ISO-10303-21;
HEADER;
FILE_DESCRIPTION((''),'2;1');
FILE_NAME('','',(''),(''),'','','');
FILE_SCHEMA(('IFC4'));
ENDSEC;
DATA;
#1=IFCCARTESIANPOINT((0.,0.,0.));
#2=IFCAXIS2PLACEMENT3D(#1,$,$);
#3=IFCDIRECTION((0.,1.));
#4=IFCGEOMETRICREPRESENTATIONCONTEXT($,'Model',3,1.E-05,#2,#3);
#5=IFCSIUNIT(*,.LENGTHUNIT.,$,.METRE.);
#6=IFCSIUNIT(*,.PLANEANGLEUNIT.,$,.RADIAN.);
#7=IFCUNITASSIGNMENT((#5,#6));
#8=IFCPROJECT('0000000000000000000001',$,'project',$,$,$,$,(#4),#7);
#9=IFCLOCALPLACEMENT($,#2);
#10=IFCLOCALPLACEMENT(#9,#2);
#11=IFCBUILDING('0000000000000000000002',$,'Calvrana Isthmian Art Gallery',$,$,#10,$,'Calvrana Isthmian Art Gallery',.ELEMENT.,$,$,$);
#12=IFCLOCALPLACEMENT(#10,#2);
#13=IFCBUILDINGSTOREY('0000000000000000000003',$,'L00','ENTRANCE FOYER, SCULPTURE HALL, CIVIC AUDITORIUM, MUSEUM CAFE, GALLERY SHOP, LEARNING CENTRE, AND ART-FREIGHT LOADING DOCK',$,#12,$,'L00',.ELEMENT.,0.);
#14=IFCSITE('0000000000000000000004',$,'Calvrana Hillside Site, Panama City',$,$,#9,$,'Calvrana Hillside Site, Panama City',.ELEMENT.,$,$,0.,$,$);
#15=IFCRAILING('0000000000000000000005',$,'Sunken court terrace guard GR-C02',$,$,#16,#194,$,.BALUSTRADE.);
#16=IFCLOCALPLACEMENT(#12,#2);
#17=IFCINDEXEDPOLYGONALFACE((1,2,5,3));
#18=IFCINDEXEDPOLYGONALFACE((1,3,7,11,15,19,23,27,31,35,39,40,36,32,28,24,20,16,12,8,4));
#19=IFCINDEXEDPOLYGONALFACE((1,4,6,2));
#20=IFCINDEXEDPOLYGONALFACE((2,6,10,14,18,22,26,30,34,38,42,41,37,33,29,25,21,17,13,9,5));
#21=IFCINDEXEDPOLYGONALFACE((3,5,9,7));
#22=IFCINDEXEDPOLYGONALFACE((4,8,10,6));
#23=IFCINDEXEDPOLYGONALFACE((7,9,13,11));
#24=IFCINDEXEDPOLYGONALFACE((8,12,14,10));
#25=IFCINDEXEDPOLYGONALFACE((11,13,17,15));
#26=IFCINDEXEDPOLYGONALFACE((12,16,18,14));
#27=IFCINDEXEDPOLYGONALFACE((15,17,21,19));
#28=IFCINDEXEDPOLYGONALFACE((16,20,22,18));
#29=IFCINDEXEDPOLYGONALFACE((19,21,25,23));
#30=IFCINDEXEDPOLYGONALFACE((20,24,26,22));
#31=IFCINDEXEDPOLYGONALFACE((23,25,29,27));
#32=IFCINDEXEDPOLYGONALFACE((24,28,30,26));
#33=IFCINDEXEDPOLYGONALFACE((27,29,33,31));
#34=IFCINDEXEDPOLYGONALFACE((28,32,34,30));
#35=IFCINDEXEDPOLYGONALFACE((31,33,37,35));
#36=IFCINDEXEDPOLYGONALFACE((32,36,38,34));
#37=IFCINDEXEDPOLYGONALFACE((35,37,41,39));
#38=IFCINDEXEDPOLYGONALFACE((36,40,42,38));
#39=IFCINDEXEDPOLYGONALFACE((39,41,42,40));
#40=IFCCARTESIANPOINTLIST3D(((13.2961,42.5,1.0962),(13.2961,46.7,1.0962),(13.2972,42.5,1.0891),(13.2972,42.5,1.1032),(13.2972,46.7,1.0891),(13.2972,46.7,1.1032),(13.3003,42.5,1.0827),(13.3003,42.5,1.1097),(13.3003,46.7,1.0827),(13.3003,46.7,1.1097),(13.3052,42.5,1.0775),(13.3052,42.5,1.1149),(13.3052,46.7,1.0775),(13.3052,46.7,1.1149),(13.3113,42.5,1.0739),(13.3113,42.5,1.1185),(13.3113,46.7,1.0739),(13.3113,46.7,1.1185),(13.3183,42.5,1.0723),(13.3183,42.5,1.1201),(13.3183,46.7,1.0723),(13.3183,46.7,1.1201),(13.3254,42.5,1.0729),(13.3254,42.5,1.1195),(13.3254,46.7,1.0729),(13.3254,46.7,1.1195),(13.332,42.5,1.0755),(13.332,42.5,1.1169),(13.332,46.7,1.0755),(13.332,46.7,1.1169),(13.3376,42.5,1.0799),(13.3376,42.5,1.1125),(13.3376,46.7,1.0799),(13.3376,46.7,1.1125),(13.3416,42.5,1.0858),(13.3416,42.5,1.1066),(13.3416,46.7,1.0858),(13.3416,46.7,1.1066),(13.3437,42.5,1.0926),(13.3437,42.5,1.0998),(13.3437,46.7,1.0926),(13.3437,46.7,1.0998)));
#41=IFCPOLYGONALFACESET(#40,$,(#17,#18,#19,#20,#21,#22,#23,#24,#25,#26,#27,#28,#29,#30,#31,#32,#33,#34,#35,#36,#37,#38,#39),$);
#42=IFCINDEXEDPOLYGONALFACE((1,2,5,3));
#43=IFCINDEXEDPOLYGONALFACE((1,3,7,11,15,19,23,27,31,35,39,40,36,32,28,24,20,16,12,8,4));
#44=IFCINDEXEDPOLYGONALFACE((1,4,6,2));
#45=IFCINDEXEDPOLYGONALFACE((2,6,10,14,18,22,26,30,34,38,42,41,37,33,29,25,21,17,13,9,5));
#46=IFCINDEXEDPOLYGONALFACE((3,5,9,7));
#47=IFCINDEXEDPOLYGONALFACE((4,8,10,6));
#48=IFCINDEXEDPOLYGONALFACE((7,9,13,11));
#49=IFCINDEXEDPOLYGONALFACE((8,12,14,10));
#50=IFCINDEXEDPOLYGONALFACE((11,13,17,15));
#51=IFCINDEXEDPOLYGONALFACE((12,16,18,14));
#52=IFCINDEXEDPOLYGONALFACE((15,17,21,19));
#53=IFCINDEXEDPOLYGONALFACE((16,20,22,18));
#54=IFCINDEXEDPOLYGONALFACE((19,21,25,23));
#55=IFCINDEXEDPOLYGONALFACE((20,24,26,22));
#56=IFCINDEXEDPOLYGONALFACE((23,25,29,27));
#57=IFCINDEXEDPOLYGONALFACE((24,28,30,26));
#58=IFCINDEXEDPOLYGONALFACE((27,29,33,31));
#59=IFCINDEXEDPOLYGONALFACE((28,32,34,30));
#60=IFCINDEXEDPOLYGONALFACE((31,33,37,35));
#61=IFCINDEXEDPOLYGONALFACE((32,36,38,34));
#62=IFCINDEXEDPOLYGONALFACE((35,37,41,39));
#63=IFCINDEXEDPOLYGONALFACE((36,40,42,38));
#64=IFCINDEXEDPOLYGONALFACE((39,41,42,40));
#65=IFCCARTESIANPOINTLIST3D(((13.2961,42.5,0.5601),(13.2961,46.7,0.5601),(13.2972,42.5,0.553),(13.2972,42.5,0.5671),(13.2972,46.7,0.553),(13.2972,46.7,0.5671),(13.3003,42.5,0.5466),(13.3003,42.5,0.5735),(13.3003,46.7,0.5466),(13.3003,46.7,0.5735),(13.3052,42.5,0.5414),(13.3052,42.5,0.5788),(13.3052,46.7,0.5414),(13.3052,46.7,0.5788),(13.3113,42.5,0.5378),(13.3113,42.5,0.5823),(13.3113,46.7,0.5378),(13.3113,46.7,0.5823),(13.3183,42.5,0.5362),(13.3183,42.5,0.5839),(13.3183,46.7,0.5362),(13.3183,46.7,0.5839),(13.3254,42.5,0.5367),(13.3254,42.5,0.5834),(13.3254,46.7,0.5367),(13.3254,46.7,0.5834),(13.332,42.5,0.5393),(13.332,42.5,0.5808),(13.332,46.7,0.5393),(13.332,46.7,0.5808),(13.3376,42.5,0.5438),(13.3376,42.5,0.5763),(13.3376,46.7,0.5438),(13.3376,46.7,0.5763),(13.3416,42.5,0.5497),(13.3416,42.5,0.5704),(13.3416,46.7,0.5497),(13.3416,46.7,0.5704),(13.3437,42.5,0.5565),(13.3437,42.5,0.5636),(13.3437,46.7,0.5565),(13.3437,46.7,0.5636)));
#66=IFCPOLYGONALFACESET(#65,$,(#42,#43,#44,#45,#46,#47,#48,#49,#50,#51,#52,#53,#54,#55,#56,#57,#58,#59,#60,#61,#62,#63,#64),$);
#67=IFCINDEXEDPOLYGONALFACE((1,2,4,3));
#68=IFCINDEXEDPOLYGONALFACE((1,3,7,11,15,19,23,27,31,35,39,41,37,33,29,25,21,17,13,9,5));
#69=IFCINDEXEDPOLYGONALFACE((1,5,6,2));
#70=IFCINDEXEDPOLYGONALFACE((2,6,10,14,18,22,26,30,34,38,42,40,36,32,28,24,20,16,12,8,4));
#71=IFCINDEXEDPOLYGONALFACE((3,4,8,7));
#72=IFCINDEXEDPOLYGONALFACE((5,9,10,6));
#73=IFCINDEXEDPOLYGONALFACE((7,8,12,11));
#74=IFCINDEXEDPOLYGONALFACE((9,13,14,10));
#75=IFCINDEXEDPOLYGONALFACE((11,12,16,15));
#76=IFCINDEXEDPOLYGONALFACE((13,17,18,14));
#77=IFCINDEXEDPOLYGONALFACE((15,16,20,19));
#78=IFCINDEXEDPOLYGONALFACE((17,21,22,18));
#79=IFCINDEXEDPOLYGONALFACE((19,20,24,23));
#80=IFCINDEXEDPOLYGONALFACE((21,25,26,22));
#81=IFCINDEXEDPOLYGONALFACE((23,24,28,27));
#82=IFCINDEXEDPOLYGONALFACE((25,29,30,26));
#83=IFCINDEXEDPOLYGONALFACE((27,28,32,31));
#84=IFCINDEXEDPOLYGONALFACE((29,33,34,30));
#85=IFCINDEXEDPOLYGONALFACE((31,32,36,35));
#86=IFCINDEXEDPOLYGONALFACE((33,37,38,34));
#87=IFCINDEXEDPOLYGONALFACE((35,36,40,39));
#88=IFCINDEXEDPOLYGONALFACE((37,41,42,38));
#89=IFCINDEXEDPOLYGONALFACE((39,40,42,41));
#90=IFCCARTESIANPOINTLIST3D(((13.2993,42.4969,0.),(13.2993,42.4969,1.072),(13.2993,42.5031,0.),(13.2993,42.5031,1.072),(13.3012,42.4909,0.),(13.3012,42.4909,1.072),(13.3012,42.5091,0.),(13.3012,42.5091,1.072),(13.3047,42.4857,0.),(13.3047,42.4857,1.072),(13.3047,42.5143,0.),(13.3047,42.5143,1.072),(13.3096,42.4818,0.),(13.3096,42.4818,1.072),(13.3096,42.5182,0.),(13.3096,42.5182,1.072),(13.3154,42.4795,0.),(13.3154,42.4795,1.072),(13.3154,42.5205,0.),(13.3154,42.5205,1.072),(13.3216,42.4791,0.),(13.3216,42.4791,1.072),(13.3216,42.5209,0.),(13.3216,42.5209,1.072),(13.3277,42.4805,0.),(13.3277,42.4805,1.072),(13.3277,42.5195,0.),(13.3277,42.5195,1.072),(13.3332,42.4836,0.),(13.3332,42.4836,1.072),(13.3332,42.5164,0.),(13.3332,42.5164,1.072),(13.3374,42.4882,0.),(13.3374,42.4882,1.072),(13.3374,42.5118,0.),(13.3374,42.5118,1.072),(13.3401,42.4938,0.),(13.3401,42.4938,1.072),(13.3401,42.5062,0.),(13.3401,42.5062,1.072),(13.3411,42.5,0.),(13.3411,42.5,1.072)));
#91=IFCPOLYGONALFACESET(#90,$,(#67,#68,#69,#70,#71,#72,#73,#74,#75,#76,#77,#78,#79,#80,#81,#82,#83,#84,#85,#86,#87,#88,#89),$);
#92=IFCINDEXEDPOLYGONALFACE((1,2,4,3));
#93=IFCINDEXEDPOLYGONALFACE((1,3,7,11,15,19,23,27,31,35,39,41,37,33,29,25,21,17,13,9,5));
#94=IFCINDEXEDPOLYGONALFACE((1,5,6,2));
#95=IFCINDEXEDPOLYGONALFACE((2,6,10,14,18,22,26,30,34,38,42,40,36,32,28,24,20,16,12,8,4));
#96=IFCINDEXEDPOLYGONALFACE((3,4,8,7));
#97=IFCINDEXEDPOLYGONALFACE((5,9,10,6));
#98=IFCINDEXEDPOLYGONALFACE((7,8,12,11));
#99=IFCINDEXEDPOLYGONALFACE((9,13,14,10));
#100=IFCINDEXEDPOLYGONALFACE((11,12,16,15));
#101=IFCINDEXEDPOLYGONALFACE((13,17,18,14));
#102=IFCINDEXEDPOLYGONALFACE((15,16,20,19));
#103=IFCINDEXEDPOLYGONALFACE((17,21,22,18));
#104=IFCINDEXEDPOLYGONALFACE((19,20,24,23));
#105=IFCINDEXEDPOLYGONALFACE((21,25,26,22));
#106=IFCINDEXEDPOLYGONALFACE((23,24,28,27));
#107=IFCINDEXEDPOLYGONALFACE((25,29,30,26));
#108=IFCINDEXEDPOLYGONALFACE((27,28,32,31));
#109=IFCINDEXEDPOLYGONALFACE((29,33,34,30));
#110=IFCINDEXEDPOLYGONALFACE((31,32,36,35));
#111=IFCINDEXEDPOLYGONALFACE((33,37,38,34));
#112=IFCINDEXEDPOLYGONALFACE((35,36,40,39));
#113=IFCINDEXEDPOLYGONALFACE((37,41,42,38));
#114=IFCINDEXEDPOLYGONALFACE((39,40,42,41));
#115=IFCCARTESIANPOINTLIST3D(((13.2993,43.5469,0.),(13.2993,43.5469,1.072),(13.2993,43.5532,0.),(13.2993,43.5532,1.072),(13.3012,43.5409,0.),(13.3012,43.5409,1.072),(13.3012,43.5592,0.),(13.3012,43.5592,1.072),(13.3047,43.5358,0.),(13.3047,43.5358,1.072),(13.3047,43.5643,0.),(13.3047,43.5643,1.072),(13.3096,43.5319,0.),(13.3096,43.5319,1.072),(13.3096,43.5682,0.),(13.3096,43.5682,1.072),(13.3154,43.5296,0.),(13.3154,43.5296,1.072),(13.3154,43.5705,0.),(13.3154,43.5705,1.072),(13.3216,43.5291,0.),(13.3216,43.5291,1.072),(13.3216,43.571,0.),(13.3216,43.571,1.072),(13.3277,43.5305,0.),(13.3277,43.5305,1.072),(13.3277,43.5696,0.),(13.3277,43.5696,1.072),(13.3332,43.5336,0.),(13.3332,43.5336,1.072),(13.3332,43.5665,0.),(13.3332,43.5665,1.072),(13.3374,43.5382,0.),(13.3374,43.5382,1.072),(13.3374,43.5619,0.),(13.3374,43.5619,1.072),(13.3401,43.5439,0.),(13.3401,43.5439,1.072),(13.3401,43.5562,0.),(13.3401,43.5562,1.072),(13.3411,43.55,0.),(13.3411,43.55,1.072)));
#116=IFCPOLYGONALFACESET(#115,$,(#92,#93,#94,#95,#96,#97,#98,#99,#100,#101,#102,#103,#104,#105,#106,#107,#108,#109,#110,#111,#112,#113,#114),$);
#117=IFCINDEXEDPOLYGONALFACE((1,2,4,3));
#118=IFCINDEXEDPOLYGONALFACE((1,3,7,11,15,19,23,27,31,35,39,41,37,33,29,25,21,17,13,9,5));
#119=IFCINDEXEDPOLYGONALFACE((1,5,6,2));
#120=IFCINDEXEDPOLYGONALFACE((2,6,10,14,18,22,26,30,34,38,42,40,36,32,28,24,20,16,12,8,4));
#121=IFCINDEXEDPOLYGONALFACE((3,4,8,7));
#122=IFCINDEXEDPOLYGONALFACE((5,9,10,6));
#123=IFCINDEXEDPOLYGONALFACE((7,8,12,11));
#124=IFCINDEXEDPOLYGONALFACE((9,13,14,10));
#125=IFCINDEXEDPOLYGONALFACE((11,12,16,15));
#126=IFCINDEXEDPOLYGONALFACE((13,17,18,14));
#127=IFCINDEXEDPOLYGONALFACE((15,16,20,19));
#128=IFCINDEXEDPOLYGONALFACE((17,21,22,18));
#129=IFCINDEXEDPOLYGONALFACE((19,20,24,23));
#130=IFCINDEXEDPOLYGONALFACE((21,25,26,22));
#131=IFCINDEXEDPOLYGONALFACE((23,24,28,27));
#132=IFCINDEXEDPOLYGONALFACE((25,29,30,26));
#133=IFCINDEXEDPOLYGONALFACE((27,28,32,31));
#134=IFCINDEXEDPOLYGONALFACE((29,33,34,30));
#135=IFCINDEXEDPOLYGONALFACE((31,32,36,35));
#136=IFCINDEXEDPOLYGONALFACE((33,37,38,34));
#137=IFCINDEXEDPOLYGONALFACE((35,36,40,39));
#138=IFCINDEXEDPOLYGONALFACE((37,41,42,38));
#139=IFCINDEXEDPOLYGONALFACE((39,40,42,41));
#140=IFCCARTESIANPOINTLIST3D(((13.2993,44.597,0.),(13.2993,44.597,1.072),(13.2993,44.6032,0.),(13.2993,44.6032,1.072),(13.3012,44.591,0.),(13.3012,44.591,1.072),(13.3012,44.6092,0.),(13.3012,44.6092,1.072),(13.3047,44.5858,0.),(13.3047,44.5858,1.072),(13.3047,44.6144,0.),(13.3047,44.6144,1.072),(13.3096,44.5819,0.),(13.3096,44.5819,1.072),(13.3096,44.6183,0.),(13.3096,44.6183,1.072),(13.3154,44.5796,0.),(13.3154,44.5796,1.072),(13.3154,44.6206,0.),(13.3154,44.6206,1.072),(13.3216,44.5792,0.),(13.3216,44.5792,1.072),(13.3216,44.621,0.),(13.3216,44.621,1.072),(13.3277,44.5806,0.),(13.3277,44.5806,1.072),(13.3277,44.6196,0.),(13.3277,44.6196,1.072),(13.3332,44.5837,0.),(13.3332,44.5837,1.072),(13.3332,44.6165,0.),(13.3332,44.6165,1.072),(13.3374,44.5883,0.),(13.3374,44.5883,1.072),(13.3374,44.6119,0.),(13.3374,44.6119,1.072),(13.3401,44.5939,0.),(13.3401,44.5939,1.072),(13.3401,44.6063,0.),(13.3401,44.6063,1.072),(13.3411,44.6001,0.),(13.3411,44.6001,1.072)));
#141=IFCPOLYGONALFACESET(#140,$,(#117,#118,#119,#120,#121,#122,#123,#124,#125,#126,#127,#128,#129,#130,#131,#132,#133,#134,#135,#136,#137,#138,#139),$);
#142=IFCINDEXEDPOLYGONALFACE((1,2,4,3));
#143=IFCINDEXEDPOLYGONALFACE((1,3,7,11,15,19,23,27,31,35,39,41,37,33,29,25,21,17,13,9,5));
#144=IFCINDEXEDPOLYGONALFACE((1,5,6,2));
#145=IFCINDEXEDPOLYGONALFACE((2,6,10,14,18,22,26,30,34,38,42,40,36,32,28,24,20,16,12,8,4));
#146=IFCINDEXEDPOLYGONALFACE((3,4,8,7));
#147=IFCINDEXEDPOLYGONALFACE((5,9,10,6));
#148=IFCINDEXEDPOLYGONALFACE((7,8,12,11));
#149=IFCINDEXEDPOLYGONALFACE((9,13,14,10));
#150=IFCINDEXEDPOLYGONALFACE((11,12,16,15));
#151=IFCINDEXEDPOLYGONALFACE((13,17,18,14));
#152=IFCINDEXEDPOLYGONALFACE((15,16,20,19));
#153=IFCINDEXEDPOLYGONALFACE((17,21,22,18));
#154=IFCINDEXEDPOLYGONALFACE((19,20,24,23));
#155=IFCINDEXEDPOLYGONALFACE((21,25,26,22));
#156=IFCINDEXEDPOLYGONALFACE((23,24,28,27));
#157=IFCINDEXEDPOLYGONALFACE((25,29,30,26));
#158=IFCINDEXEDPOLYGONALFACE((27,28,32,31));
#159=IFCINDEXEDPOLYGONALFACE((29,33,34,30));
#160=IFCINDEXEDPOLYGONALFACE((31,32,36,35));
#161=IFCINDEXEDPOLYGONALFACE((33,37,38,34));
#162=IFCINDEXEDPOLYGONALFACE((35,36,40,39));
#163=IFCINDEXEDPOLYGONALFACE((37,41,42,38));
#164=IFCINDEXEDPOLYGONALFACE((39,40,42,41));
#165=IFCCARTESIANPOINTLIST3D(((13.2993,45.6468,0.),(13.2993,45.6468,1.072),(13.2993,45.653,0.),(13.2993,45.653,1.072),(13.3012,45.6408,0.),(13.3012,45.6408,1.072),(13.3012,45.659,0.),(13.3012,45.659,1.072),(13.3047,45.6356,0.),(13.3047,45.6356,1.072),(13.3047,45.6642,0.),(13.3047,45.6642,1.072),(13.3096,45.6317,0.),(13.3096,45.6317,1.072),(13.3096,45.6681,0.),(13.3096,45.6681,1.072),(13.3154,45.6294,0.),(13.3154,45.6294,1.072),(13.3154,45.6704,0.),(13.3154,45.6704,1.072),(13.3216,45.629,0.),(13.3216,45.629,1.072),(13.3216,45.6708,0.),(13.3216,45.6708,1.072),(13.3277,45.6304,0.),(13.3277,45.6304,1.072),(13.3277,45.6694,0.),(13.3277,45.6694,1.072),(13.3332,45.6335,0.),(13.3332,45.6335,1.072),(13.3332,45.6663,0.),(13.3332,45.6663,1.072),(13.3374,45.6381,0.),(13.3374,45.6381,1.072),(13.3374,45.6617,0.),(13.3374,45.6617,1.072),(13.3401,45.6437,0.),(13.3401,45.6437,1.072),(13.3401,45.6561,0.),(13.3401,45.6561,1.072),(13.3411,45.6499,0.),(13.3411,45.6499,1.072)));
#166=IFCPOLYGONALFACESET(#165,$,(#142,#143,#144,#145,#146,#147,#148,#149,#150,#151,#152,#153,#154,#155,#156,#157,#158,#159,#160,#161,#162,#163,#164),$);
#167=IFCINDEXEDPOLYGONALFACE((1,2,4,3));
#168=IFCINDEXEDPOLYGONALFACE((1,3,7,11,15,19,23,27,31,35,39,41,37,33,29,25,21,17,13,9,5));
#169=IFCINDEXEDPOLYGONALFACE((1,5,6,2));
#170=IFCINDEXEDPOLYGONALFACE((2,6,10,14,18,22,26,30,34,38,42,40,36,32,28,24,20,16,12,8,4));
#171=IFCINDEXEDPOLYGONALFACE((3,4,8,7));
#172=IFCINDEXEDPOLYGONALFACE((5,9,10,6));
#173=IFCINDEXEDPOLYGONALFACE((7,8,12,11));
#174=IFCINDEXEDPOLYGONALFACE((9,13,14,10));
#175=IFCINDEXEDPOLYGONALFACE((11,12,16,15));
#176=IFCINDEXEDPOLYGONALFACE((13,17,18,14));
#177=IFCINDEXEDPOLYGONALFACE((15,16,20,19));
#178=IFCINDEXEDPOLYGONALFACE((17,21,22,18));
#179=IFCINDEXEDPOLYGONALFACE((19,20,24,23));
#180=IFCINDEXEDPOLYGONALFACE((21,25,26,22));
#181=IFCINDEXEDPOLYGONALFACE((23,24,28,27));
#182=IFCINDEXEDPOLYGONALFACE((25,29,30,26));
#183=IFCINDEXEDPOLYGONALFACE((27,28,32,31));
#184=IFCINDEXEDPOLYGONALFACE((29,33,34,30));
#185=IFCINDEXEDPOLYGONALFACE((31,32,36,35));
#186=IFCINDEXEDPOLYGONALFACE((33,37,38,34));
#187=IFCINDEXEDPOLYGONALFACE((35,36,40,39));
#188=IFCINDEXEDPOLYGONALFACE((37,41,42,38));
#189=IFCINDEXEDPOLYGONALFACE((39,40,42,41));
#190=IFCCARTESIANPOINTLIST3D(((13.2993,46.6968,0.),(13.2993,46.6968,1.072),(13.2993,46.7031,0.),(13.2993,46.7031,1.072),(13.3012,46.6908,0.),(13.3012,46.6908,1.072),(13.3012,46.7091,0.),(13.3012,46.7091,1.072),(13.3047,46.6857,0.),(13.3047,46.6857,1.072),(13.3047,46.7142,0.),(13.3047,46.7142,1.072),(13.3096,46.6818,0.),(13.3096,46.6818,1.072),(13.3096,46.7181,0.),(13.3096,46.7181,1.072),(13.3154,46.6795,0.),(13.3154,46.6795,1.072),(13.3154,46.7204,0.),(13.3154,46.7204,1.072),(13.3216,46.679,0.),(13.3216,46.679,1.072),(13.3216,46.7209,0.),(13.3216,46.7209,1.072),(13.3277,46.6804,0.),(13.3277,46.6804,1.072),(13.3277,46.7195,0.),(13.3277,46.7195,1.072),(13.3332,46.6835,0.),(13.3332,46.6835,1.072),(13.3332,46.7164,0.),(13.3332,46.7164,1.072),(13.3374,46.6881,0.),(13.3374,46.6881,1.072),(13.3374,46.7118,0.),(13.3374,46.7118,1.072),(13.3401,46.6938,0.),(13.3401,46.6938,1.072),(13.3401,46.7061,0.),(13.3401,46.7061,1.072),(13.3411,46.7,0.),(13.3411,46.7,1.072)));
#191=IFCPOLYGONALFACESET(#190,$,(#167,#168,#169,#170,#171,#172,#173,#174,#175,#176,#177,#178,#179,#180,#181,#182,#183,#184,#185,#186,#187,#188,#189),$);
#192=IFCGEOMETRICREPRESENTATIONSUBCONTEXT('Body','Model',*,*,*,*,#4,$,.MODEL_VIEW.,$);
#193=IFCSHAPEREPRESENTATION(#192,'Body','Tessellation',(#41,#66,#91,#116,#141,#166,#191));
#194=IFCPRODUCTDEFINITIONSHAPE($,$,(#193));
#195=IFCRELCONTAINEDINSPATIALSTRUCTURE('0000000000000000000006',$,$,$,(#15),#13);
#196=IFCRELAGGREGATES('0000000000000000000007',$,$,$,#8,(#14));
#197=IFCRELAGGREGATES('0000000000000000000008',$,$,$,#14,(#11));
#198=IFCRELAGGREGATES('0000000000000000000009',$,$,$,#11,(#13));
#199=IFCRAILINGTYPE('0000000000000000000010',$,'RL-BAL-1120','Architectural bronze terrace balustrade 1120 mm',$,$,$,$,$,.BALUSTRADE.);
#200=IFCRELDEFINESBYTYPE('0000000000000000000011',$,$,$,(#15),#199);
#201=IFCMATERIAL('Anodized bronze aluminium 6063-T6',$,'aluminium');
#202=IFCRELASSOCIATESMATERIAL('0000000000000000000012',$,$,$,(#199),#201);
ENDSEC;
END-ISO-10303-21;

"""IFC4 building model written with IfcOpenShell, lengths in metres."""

from ifc_helpers import new_model, si_unit, direction, frame, origin, origin_2d, place, context, subcontext, project, spatial, circle, extrude, material, type_object, element, save


model = new_model("IFC4")

# Units and contexts
model_context = context("Model", 3, precision=1e-05, world=origin(), true_north=direction((0.0, 1.0)))
body_context = subcontext(model_context, "Body", "Model", "MODEL_VIEW")
ifc_project = project(units=[si_unit("LENGTHUNIT", "METRE"), si_unit("PLANEANGLEUNIT", "RADIAN")], contexts=[model_context])

# Site, building, storey
site_placement = place(None, origin())
site = spatial("IfcSite", under=ifc_project, at=site_placement, Name="Calvrana Hillside Site, Panama City", LongName="Calvrana Hillside Site, Panama City", CompositionType="ELEMENT", RefElevation=0.0)
building_placement = place(site_placement, origin())
building = spatial("IfcBuilding", under=site, at=building_placement, Name="Calvrana Isthmian Art Gallery", LongName="Calvrana Isthmian Art Gallery", CompositionType="ELEMENT")
storey_placement = place(building_placement, origin())
storey = spatial("IfcBuildingStorey", under=building, at=storey_placement, Name="L00", Description="ENTRANCE FOYER, SCULPTURE HALL, CIVIC AUDITORIUM, MUSEUM CAFE, GALLERY SHOP, LEARNING CENTRE, AND ART-FREIGHT LOADING DOCK", LongName="L00", CompositionType="ELEMENT", Elevation=0.0)

# Shared definitions
ifc_material_1 = material(Name="Anodized bronze aluminium 6063-T6", Category="aluminium")

# Railing
railing_type = type_object("IfcRailingType", Name="RL-BAL-1120", Description="Architectural bronze terrace balustrade 1120 mm", PredefinedType="BALUSTRADE", material=ifc_material_1)
railing_placement = place(storey_placement, frame((13.3201, 42.5, 0.0)))
element("IfcRailing", 1, at=railing_placement, inside=storey, type_object=railing_type, Name="Sunken court terrace guard GR-C02", PredefinedType="BALUSTRADE", context=body_context, shape_type="SweptSolid", body=[
    extrude(circle(Radius=0.0239, at=origin_2d()), frame((0.0, 0.0, 1.0962), z_axis=(0.0, 1.0, 0.0), x_axis=(-1.0, 0.0, 0.0)), (0.0, 0.0, 1.0), 4.2),
    extrude(circle(Radius=0.0239, at=origin_2d()), frame((0.0, 0.0, 0.5601), z_axis=(0.0, 1.0, 0.0), x_axis=(-1.0, 0.0, 0.0)), (0.0, 0.0, 1.0), 4.2),
    extrude(circle(Radius=0.021, at=origin_2d()), origin(), (0.0, 0.0, 1.0), 1.072),
    extrude(circle(Radius=0.021, at=origin_2d()), frame((0.0, 1.05, 0.0)), (0.0, 0.0, 1.0), 1.072),
    extrude(circle(Radius=0.021, at=origin_2d()), frame((0.0, 2.1001, 0.0)), (0.0, 0.0, 1.0), 1.072),
    extrude(circle(Radius=0.021, at=origin_2d()), frame((0.0, 3.1499, 0.0)), (0.0, 0.0, 1.0), 1.072),
    extrude(circle(Radius=0.021, at=origin_2d()), frame((0.0, 4.2, 0.0)), (0.0, 0.0, 1.0), 1.072),
])

save(model, "model.ifc")
